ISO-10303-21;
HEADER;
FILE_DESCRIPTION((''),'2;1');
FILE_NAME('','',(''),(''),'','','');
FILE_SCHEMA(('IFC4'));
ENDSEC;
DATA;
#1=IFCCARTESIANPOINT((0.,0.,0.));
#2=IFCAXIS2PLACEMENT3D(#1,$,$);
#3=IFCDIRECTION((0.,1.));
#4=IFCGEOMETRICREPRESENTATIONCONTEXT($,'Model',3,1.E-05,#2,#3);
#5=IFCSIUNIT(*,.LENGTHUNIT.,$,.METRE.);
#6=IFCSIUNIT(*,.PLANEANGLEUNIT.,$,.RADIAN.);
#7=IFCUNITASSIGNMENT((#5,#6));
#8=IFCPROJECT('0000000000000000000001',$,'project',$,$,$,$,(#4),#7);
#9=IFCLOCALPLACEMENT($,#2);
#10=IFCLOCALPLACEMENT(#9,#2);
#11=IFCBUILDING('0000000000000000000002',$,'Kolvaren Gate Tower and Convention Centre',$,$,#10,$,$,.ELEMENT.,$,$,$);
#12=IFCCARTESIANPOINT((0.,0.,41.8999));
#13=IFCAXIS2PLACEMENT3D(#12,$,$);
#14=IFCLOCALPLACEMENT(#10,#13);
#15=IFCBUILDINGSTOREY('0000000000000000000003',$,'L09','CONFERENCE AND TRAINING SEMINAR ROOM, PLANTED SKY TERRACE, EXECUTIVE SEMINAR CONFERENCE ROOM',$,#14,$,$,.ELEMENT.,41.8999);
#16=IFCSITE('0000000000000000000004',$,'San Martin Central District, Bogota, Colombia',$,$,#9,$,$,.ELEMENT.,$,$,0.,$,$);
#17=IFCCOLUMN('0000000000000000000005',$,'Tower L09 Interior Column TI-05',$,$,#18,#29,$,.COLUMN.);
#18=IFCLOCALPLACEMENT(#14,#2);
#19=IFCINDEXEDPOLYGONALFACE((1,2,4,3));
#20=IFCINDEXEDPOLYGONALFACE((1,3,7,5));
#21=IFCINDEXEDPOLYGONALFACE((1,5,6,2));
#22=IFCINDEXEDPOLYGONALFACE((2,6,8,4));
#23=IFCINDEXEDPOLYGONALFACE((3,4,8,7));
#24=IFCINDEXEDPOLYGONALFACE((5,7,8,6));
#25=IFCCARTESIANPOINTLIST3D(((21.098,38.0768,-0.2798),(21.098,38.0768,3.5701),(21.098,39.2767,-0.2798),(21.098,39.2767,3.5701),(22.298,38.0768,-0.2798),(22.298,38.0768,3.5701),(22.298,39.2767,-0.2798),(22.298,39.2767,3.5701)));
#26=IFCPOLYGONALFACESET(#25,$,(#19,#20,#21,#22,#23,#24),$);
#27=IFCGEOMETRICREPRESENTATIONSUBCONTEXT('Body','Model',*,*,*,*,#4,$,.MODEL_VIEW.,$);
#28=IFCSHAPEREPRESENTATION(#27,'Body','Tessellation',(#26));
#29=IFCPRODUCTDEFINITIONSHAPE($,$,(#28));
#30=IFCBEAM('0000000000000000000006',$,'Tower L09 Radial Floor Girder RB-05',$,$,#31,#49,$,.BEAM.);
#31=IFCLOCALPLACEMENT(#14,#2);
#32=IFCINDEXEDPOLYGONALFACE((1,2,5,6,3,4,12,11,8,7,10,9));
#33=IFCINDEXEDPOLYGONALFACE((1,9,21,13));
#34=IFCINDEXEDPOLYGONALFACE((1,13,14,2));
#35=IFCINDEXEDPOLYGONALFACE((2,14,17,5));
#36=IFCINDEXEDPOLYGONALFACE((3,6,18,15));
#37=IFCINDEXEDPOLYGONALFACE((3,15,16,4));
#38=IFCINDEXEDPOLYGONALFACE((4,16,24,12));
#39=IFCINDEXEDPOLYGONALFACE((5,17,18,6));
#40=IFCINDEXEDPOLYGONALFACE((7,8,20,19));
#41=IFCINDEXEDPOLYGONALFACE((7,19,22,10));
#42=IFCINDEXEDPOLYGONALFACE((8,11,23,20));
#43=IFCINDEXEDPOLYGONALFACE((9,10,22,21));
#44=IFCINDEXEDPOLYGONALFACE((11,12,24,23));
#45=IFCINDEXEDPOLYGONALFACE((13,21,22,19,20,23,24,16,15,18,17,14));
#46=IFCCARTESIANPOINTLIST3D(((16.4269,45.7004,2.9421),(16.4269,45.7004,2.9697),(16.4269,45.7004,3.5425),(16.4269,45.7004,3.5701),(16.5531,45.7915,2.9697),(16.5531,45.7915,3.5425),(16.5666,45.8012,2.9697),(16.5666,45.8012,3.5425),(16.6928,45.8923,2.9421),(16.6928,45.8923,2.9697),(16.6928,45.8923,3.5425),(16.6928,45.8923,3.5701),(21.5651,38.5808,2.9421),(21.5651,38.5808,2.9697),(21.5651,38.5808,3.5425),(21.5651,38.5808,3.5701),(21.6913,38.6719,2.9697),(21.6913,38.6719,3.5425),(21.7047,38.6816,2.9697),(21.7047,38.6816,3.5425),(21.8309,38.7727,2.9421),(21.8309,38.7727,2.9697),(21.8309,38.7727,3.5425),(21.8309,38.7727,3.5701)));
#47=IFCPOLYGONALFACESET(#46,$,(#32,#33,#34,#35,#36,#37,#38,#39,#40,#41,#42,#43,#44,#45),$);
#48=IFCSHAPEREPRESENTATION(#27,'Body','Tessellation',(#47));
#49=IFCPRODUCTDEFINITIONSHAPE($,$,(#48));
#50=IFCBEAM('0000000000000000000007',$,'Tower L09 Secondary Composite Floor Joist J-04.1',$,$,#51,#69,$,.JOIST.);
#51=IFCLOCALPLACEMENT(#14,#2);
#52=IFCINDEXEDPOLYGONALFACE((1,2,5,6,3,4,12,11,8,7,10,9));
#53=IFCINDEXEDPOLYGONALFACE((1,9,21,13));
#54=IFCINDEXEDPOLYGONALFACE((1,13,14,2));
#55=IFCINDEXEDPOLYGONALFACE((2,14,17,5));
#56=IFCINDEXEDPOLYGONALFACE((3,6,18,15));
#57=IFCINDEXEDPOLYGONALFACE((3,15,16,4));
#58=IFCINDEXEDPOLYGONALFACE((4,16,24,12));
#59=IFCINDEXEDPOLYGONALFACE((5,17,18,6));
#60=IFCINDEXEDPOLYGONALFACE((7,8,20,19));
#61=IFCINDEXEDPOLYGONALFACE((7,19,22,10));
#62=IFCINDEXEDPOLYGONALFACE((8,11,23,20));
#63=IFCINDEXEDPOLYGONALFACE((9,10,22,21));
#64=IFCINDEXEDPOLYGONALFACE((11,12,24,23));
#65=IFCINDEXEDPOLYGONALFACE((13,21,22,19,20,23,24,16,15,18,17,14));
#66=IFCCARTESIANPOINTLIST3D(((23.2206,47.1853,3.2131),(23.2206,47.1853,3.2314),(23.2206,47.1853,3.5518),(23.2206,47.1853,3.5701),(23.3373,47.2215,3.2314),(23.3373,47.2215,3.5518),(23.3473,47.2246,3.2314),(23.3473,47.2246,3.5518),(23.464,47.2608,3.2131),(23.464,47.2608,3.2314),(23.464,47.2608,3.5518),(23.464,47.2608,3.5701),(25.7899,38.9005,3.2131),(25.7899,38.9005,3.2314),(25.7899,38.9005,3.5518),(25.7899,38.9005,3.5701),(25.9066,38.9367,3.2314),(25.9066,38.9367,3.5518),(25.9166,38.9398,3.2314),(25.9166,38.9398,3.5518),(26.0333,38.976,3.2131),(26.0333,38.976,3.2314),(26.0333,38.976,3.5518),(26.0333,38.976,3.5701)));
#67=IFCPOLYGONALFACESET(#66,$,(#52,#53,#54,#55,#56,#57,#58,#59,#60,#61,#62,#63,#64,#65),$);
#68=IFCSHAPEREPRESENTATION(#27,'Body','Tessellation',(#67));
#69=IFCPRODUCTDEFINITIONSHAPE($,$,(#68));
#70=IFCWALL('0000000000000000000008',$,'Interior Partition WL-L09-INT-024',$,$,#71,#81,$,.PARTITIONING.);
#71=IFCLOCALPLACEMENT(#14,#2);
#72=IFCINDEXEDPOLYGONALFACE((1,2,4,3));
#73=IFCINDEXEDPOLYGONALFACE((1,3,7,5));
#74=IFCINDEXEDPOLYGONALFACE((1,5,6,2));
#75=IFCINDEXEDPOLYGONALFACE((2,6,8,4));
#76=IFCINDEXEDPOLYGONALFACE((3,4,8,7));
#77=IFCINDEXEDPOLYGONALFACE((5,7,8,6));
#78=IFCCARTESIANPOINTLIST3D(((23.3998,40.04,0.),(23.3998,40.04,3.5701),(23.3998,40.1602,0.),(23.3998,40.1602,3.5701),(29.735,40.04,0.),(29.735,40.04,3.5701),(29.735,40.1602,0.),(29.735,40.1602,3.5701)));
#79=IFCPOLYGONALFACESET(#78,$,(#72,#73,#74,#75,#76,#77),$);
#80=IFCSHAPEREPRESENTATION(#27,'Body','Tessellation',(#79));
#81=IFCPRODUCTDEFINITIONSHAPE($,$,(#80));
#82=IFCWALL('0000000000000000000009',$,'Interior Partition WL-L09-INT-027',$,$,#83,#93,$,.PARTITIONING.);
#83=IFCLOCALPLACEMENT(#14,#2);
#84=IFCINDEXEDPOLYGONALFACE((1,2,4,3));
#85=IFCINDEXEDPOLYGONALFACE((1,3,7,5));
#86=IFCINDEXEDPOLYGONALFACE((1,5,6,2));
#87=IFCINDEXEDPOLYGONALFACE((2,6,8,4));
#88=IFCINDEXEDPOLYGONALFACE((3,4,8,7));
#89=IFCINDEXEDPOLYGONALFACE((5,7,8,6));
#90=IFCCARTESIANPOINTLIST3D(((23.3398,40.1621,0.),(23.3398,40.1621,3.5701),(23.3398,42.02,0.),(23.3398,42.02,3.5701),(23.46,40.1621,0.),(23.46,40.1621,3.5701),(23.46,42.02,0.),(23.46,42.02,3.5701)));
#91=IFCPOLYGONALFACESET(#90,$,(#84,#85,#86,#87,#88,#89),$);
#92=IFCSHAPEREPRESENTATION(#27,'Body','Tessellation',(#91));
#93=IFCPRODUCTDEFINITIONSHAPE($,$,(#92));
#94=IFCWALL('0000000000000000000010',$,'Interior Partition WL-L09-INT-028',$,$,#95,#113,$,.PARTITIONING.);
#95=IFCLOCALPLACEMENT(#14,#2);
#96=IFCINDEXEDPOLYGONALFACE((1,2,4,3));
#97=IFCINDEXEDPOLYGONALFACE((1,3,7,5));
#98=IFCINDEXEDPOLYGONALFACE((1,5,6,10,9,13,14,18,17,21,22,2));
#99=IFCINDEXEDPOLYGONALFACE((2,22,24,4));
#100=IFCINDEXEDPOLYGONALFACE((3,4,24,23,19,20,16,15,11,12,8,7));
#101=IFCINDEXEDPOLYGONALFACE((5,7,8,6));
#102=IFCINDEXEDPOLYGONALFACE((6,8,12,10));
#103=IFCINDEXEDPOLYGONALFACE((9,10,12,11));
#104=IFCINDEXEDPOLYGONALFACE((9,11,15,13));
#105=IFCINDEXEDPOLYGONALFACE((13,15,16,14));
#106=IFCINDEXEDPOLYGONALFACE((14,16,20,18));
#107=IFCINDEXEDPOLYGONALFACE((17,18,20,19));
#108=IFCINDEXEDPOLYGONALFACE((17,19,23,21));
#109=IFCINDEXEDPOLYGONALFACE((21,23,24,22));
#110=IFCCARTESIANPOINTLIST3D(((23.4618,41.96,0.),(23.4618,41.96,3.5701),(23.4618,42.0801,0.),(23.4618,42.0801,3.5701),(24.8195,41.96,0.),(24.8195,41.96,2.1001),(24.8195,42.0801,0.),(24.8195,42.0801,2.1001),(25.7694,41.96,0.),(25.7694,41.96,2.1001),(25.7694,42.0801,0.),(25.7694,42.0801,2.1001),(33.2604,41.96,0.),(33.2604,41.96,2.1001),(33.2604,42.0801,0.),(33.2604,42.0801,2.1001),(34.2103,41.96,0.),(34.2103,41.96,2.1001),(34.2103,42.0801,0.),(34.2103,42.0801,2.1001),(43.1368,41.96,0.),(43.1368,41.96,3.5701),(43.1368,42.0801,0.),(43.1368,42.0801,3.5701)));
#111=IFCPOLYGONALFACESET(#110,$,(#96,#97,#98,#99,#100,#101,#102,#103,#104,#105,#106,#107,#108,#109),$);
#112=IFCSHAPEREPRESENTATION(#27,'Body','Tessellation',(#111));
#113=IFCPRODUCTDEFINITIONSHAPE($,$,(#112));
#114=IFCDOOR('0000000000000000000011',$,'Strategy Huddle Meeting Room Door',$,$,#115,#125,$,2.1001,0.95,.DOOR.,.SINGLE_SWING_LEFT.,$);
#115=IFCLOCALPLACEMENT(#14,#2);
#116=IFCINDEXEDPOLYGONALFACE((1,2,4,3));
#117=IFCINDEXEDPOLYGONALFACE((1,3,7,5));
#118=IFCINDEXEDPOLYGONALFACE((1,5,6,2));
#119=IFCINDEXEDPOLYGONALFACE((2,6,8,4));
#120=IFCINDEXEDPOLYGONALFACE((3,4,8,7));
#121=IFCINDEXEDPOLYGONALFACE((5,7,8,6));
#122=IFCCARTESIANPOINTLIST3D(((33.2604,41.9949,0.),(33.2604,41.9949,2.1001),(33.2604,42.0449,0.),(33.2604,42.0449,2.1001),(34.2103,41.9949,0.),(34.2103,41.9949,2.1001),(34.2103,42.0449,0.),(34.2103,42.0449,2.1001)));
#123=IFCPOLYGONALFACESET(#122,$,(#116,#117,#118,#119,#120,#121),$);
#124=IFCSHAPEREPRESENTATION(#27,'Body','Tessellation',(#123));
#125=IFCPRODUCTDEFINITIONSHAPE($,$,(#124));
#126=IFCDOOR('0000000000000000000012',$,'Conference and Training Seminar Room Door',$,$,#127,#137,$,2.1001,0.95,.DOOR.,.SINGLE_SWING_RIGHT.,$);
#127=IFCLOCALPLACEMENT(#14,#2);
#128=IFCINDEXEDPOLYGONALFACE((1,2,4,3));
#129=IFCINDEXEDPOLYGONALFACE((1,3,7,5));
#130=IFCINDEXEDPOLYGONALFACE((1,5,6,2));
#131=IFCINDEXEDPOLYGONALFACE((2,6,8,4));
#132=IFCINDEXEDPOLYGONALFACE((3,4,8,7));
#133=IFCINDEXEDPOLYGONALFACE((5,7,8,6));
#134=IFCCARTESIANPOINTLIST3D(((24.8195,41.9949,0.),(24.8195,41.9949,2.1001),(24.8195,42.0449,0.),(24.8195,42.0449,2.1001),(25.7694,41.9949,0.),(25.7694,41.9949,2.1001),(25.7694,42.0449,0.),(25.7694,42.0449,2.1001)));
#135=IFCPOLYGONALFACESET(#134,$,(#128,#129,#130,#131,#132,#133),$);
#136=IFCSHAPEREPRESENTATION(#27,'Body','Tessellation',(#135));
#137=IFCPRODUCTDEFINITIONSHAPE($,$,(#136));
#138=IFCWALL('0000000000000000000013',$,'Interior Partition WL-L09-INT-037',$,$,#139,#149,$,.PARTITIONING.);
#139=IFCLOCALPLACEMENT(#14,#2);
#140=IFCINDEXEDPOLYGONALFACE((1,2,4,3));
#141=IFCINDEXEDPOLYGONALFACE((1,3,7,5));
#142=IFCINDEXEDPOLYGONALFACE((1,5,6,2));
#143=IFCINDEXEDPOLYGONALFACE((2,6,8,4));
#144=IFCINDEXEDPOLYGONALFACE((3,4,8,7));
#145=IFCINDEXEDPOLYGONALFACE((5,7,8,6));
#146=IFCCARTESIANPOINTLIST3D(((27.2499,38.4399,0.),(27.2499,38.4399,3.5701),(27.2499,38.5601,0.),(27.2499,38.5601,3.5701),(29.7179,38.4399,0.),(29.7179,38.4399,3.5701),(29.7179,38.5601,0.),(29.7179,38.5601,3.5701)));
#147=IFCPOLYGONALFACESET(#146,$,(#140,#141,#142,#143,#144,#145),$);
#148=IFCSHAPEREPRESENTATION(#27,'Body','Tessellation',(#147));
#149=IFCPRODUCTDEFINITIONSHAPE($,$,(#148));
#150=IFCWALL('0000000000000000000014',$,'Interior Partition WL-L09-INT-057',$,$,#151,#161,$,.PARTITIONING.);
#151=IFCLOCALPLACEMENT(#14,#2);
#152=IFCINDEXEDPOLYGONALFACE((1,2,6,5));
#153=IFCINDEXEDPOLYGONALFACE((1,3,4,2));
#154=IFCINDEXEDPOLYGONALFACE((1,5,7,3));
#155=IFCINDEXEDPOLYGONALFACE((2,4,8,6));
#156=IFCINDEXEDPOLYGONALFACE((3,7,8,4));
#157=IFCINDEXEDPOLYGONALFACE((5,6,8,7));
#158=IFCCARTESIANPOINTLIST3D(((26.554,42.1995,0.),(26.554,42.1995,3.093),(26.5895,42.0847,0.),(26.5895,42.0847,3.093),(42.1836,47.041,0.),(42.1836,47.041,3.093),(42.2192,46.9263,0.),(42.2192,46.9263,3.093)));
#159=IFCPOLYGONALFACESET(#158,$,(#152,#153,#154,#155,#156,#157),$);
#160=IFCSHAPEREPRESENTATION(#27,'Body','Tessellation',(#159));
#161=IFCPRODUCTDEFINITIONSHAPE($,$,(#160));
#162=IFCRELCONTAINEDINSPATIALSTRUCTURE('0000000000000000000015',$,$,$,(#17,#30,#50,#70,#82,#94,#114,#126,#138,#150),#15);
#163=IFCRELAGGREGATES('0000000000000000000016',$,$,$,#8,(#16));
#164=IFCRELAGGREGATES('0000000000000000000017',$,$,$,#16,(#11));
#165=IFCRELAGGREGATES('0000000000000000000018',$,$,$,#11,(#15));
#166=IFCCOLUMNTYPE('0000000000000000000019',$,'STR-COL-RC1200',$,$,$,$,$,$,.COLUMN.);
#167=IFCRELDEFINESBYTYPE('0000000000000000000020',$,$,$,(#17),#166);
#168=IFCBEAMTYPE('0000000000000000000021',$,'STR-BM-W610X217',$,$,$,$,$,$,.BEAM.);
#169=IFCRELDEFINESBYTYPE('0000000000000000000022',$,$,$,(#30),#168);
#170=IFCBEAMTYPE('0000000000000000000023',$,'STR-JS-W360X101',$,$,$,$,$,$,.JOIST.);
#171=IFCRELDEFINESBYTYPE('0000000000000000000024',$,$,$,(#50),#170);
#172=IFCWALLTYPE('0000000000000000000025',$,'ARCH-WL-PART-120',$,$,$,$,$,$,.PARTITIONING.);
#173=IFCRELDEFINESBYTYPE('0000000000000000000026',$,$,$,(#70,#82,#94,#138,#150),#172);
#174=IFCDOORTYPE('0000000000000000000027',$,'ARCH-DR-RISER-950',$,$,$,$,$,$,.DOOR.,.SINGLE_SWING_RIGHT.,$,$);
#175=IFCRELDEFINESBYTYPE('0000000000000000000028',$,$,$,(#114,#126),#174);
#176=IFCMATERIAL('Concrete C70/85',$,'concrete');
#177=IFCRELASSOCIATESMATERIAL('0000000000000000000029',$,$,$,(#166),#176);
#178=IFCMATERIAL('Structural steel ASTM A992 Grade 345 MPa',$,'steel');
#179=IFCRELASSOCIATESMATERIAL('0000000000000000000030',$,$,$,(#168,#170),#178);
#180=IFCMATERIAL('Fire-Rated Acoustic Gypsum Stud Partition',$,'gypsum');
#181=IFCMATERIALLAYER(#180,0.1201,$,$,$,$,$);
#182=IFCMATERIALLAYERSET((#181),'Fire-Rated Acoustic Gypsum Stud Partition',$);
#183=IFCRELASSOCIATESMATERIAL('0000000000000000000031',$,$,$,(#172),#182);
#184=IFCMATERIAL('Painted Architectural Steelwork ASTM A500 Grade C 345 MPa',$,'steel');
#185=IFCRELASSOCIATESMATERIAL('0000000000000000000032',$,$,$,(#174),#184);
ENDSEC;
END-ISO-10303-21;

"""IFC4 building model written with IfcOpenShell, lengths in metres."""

from ifc_helpers import new_model, si_unit, direction, frame, frame_2d, origin, origin_2d, place, context, subcontext, project, spatial, rectangle, i_section, extrude, material, layer, layer_set, material_profile, profile_set, type_object, element, fill, save


model = new_model("IFC4")

# Units and contexts
model_context = context("Model", 3, precision=1e-05, world=origin(), true_north=direction((0.0, 1.0)))
body_context = subcontext(model_context, "Body", "Model", "MODEL_VIEW")
ifc_project = project(units=[si_unit("LENGTHUNIT", "METRE"), si_unit("PLANEANGLEUNIT", "RADIAN")], contexts=[model_context])

# Site, building, storey
site_placement = place(None, origin())
site = spatial("IfcSite", under=ifc_project, at=site_placement, Name="San Martin Central District, Bogota, Colombia", CompositionType="ELEMENT", RefElevation=0.0)
building_placement = place(site_placement, origin())
building = spatial("IfcBuilding", under=site, at=building_placement, Name="Kolvaren Gate Tower and Convention Centre", CompositionType="ELEMENT")
storey_placement = place(building_placement, frame((0.0, 0.0, 41.8999)))
storey = spatial("IfcBuildingStorey", under=building, at=storey_placement, Name="L09", Description="CONFERENCE AND TRAINING SEMINAR ROOM, PLANTED SKY TERRACE, EXECUTIVE SEMINAR CONFERENCE ROOM", CompositionType="ELEMENT", Elevation=41.8999)

# Column
ifc_material_1 = material(Name="Concrete C70/85", Category="concrete")
ifc_material_profile_1 = material_profile(ifc_material_1, rectangle(XDim=1.2, YDim=1.2, at=origin_2d()), Name="RC-COL-1200X1200")
ifc_profile_set_1 = profile_set([ifc_material_profile_1], Name="Concrete C70/85")
column_type = type_object("IfcColumnType", Name="STR-COL-RC1200", PredefinedType="COLUMN", material=ifc_profile_set_1)
column_placement = place(storey_placement, frame((21.698, 38.6768, -0.2798), z_axis=(0.0, 0.0, 1.0), x_axis=(1.0, 0.0, 0.0)))
element("IfcColumn", 1, at=column_placement, inside=storey, type_object=column_type, Name="Tower L09 Interior Column TI-05", PredefinedType="COLUMN", context=body_context, shape_type="SweptSolid", body=[
    extrude(rectangle(XDim=1.2, YDim=1.2, at=origin_2d()), origin(), (0.0, 0.0, 1.0), 3.8499),
])

# Beams
ifc_material_2 = material(Name="Structural steel ASTM A992 Grade 345 MPa", Category="steel")
ifc_material_profile_2 = material_profile(ifc_material_2, i_section(OverallWidth=0.3279, OverallDepth=0.6279, WebThickness=0.0166, FlangeThickness=0.0276, at=origin_2d()), Name="W610X217")
ifc_profile_set_2 = profile_set([ifc_material_profile_2], Name="Structural steel ASTM A992 Grade 345 MPa")
beam_type_1 = type_object("IfcBeamType", Name="STR-BM-W610X217", PredefinedType="BEAM", material=ifc_profile_set_2)
beam_1_placement = place(storey_placement, frame((21.698, 38.6768, 3.2561), z_axis=(-0.585208, 0.810883, 0.0), x_axis=(-0.810883, -0.585208, 0.0)))
element("IfcBeam", 2, at=beam_1_placement, inside=storey, type_object=beam_type_1, Name="Tower L09 Radial Floor Girder RB-05", PredefinedType="BEAM", context=body_context, shape_type="SweptSolid", body=[
    extrude(i_section(OverallWidth=0.3279, OverallDepth=0.6279, WebThickness=0.0166, FlangeThickness=0.0276, at=origin_2d()), origin(), (0.0, 0.0, 1.0), 8.78),
])
ifc_material_profile_3 = material_profile(ifc_material_2, i_section(OverallWidth=0.2549, OverallDepth=0.3569, WebThickness=0.0105, FlangeThickness=0.0183, at=origin_2d()), Name="W360X101")
ifc_profile_set_3 = profile_set([ifc_material_profile_3], Name="Structural steel ASTM A992 Grade 345 MPa")
beam_type_2 = type_object("IfcBeamType", Name="STR-JS-W360X101", PredefinedType="JOIST", material=ifc_profile_set_3)
beam_2_placement = place(storey_placement, frame((25.9116, 38.9382, 3.3916), z_axis=(-0.296205, 0.955124, 0.0), x_axis=(-0.955124, -0.296205, 0.0)))
element("IfcBeam", 3, at=beam_2_placement, inside=storey, type_object=beam_type_2, Name="Tower L09 Secondary Composite Floor Joist J-04.1", PredefinedType="JOIST", context=body_context, shape_type="SweptSolid", body=[
    extrude(i_section(OverallWidth=0.2549, OverallDepth=0.3569, WebThickness=0.0105, FlangeThickness=0.0183, at=origin_2d()), origin(), (0.0, 0.0, 1.0), 8.6741),
])

# Walls
ifc_material_3 = material(Name="Fire-Rated Acoustic Gypsum Stud Partition", Category="gypsum")
ifc_layer_1 = layer(ifc_material_3, 0.1201)
ifc_layer_set_1 = layer_set([ifc_layer_1], Name="Fire-Rated Acoustic Gypsum Stud Partition")
wall_type_1 = type_object("IfcWallType", Name="ARCH-WL-PART-120", PredefinedType="PARTITIONING", material=ifc_layer_set_1)
wall_1_placement = place(storey_placement, frame((23.3999, 40.1001, 0.0), z_axis=(0.0, 0.0, 1.0), x_axis=(1.0, 0.0, 0.0)))
element("IfcWall", 4, at=wall_1_placement, inside=storey, type_object=wall_type_1, Name="Interior Partition WL-L09-INT-024", PredefinedType="PARTITIONING", context=body_context, shape_type="SweptSolid", body=[
    extrude(rectangle(XDim=6.3352, YDim=0.1201, at=frame_2d((3.1675, 0.0))), origin(), (0.0, 0.0, 1.0), 3.5701),
])
wall_2_placement = place(storey_placement, frame((23.3999, 40.1621, 0.0), z_axis=(0.0, 0.0, 1.0), x_axis=(0.0, 1.0, 0.0)))
element("IfcWall", 5, at=wall_2_placement, inside=storey, type_object=wall_type_1, Name="Interior Partition WL-L09-INT-027", PredefinedType="PARTITIONING", context=body_context, shape_type="SweptSolid", body=[
    extrude(rectangle(XDim=1.8579, YDim=0.1201, at=frame_2d((0.929, 0.0))), origin(), (0.0, 0.0, 1.0), 3.5701),
])

# Wall, openings, doors
wall_3_placement = place(storey_placement, frame((23.4619, 42.02, 0.0), z_axis=(0.0, 0.0, 1.0), x_axis=(1.0, 0.0, 0.0)))
wall_3 = element("IfcWall", 6, at=wall_3_placement, inside=storey, type_object=wall_type_1, Name="Interior Partition WL-L09-INT-028", PredefinedType="PARTITIONING", context=body_context, shape_type="SweptSolid", body=[
    extrude(rectangle(XDim=19.675, YDim=0.1201, at=frame_2d((9.8374, 0.0))), origin(), (0.0, 0.0, 1.0), 3.5701),
])
opening_1_placement = place(wall_3_placement, frame((9.7983, 0.0, 0.0)))
opening_1 = element("IfcOpeningElement", 7, at=opening_1_placement, cuts=wall_3, PredefinedType="OPENING", context=body_context, shape_type="SweptSolid", body=[
    extrude(rectangle(XDim=0.95, YDim=2.1001, at=frame_2d((0.4751, 1.05))), frame((0.0, 0.0701, 0.0), z_axis=(0.0, -1.0, 0.0), x_axis=(1.0, 0.0, 0.0)), (0.0, 0.0, 1.0), 0.1401),
])
opening_2_placement = place(wall_3_placement, frame((1.3574, 0.0, 0.0)))
opening_2 = element("IfcOpeningElement", 8, at=opening_2_placement, cuts=wall_3, PredefinedType="OPENING", context=body_context, shape_type="SweptSolid", body=[
    extrude(rectangle(XDim=0.95, YDim=2.1001, at=frame_2d((0.4751, 1.05))), frame((0.0, 0.0701, 0.0), z_axis=(0.0, -1.0, 0.0), x_axis=(1.0, 0.0, 0.0)), (0.0, 0.0, 1.0), 0.1401),
])
ifc_material_4 = material(Name="Painted Architectural Steelwork ASTM A500 Grade C 345 MPa", Category="steel")
door_type = type_object("IfcDoorType", Name="ARCH-DR-RISER-950", OperationType="SINGLE_SWING_RIGHT", PredefinedType="DOOR", material=ifc_material_4)
door_1_placement = place(opening_1_placement, origin())
door_1 = element("IfcDoor", 9, at=door_1_placement, inside=storey, type_object=door_type, Name="Strategy Huddle Meeting Room Door", OperationType="SINGLE_SWING_LEFT", OverallHeight=2.1001, OverallWidth=0.95, PredefinedType="DOOR", context=body_context, shape_type="SweptSolid", body=[
    extrude(rectangle(XDim=0.95, YDim=2.1001, at=frame_2d((0.4751, 1.05))), frame((0.0, 0.0249, 0.0), z_axis=(0.0, -1.0, 0.0), x_axis=(1.0, 0.0, 0.0)), (0.0, 0.0, 1.0), 0.05),
])
fill(opening_1, door_1)
door_2_placement = place(opening_2_placement, origin())
door_2 = element("IfcDoor", 10, at=door_2_placement, inside=storey, type_object=door_type, Name="Conference and Training Seminar Room Door", OperationType="SINGLE_SWING_RIGHT", OverallHeight=2.1001, OverallWidth=0.95, PredefinedType="DOOR", context=body_context, shape_type="SweptSolid", body=[
    extrude(rectangle(XDim=0.95, YDim=2.1001, at=frame_2d((0.4751, 1.05))), frame((0.0, 0.0249, 0.0), z_axis=(0.0, -1.0, 0.0), x_axis=(1.0, 0.0, 0.0)), (0.0, 0.0, 1.0), 0.05),
])
fill(opening_2, door_2)

# Walls
wall_4_placement = place(storey_placement, frame((27.25, 38.5, 0.0), z_axis=(0.0, 0.0, 1.0), x_axis=(1.0, 0.0, 0.0)))
element("IfcWall", 11, at=wall_4_placement, inside=storey, type_object=wall_type_1, Name="Interior Partition WL-L09-INT-037", PredefinedType="PARTITIONING", context=body_context, shape_type="SweptSolid", body=[
    extrude(rectangle(XDim=2.468, YDim=0.1201, at=frame_2d((1.2339, 0.0))), origin(), (0.0, 0.0, 1.0), 3.5701),
])
wall_5_placement = place(storey_placement, frame((26.5718, 42.1421, 0.0), z_axis=(0.0, 0.0, 1.0), x_axis=(0.95522, 0.295896, 0.0)))
element("IfcWall", 12, at=wall_5_placement, inside=storey, type_object=wall_type_1, Name="Interior Partition WL-L09-INT-057", PredefinedType="PARTITIONING", context=body_context, shape_type="SweptSolid", body=[
    extrude(rectangle(XDim=16.3623, YDim=0.1201, at=frame_2d((8.1812, 0.0))), origin(), (0.0, 0.0, 1.0), 3.093),
])

save(model, "model.ifc")
